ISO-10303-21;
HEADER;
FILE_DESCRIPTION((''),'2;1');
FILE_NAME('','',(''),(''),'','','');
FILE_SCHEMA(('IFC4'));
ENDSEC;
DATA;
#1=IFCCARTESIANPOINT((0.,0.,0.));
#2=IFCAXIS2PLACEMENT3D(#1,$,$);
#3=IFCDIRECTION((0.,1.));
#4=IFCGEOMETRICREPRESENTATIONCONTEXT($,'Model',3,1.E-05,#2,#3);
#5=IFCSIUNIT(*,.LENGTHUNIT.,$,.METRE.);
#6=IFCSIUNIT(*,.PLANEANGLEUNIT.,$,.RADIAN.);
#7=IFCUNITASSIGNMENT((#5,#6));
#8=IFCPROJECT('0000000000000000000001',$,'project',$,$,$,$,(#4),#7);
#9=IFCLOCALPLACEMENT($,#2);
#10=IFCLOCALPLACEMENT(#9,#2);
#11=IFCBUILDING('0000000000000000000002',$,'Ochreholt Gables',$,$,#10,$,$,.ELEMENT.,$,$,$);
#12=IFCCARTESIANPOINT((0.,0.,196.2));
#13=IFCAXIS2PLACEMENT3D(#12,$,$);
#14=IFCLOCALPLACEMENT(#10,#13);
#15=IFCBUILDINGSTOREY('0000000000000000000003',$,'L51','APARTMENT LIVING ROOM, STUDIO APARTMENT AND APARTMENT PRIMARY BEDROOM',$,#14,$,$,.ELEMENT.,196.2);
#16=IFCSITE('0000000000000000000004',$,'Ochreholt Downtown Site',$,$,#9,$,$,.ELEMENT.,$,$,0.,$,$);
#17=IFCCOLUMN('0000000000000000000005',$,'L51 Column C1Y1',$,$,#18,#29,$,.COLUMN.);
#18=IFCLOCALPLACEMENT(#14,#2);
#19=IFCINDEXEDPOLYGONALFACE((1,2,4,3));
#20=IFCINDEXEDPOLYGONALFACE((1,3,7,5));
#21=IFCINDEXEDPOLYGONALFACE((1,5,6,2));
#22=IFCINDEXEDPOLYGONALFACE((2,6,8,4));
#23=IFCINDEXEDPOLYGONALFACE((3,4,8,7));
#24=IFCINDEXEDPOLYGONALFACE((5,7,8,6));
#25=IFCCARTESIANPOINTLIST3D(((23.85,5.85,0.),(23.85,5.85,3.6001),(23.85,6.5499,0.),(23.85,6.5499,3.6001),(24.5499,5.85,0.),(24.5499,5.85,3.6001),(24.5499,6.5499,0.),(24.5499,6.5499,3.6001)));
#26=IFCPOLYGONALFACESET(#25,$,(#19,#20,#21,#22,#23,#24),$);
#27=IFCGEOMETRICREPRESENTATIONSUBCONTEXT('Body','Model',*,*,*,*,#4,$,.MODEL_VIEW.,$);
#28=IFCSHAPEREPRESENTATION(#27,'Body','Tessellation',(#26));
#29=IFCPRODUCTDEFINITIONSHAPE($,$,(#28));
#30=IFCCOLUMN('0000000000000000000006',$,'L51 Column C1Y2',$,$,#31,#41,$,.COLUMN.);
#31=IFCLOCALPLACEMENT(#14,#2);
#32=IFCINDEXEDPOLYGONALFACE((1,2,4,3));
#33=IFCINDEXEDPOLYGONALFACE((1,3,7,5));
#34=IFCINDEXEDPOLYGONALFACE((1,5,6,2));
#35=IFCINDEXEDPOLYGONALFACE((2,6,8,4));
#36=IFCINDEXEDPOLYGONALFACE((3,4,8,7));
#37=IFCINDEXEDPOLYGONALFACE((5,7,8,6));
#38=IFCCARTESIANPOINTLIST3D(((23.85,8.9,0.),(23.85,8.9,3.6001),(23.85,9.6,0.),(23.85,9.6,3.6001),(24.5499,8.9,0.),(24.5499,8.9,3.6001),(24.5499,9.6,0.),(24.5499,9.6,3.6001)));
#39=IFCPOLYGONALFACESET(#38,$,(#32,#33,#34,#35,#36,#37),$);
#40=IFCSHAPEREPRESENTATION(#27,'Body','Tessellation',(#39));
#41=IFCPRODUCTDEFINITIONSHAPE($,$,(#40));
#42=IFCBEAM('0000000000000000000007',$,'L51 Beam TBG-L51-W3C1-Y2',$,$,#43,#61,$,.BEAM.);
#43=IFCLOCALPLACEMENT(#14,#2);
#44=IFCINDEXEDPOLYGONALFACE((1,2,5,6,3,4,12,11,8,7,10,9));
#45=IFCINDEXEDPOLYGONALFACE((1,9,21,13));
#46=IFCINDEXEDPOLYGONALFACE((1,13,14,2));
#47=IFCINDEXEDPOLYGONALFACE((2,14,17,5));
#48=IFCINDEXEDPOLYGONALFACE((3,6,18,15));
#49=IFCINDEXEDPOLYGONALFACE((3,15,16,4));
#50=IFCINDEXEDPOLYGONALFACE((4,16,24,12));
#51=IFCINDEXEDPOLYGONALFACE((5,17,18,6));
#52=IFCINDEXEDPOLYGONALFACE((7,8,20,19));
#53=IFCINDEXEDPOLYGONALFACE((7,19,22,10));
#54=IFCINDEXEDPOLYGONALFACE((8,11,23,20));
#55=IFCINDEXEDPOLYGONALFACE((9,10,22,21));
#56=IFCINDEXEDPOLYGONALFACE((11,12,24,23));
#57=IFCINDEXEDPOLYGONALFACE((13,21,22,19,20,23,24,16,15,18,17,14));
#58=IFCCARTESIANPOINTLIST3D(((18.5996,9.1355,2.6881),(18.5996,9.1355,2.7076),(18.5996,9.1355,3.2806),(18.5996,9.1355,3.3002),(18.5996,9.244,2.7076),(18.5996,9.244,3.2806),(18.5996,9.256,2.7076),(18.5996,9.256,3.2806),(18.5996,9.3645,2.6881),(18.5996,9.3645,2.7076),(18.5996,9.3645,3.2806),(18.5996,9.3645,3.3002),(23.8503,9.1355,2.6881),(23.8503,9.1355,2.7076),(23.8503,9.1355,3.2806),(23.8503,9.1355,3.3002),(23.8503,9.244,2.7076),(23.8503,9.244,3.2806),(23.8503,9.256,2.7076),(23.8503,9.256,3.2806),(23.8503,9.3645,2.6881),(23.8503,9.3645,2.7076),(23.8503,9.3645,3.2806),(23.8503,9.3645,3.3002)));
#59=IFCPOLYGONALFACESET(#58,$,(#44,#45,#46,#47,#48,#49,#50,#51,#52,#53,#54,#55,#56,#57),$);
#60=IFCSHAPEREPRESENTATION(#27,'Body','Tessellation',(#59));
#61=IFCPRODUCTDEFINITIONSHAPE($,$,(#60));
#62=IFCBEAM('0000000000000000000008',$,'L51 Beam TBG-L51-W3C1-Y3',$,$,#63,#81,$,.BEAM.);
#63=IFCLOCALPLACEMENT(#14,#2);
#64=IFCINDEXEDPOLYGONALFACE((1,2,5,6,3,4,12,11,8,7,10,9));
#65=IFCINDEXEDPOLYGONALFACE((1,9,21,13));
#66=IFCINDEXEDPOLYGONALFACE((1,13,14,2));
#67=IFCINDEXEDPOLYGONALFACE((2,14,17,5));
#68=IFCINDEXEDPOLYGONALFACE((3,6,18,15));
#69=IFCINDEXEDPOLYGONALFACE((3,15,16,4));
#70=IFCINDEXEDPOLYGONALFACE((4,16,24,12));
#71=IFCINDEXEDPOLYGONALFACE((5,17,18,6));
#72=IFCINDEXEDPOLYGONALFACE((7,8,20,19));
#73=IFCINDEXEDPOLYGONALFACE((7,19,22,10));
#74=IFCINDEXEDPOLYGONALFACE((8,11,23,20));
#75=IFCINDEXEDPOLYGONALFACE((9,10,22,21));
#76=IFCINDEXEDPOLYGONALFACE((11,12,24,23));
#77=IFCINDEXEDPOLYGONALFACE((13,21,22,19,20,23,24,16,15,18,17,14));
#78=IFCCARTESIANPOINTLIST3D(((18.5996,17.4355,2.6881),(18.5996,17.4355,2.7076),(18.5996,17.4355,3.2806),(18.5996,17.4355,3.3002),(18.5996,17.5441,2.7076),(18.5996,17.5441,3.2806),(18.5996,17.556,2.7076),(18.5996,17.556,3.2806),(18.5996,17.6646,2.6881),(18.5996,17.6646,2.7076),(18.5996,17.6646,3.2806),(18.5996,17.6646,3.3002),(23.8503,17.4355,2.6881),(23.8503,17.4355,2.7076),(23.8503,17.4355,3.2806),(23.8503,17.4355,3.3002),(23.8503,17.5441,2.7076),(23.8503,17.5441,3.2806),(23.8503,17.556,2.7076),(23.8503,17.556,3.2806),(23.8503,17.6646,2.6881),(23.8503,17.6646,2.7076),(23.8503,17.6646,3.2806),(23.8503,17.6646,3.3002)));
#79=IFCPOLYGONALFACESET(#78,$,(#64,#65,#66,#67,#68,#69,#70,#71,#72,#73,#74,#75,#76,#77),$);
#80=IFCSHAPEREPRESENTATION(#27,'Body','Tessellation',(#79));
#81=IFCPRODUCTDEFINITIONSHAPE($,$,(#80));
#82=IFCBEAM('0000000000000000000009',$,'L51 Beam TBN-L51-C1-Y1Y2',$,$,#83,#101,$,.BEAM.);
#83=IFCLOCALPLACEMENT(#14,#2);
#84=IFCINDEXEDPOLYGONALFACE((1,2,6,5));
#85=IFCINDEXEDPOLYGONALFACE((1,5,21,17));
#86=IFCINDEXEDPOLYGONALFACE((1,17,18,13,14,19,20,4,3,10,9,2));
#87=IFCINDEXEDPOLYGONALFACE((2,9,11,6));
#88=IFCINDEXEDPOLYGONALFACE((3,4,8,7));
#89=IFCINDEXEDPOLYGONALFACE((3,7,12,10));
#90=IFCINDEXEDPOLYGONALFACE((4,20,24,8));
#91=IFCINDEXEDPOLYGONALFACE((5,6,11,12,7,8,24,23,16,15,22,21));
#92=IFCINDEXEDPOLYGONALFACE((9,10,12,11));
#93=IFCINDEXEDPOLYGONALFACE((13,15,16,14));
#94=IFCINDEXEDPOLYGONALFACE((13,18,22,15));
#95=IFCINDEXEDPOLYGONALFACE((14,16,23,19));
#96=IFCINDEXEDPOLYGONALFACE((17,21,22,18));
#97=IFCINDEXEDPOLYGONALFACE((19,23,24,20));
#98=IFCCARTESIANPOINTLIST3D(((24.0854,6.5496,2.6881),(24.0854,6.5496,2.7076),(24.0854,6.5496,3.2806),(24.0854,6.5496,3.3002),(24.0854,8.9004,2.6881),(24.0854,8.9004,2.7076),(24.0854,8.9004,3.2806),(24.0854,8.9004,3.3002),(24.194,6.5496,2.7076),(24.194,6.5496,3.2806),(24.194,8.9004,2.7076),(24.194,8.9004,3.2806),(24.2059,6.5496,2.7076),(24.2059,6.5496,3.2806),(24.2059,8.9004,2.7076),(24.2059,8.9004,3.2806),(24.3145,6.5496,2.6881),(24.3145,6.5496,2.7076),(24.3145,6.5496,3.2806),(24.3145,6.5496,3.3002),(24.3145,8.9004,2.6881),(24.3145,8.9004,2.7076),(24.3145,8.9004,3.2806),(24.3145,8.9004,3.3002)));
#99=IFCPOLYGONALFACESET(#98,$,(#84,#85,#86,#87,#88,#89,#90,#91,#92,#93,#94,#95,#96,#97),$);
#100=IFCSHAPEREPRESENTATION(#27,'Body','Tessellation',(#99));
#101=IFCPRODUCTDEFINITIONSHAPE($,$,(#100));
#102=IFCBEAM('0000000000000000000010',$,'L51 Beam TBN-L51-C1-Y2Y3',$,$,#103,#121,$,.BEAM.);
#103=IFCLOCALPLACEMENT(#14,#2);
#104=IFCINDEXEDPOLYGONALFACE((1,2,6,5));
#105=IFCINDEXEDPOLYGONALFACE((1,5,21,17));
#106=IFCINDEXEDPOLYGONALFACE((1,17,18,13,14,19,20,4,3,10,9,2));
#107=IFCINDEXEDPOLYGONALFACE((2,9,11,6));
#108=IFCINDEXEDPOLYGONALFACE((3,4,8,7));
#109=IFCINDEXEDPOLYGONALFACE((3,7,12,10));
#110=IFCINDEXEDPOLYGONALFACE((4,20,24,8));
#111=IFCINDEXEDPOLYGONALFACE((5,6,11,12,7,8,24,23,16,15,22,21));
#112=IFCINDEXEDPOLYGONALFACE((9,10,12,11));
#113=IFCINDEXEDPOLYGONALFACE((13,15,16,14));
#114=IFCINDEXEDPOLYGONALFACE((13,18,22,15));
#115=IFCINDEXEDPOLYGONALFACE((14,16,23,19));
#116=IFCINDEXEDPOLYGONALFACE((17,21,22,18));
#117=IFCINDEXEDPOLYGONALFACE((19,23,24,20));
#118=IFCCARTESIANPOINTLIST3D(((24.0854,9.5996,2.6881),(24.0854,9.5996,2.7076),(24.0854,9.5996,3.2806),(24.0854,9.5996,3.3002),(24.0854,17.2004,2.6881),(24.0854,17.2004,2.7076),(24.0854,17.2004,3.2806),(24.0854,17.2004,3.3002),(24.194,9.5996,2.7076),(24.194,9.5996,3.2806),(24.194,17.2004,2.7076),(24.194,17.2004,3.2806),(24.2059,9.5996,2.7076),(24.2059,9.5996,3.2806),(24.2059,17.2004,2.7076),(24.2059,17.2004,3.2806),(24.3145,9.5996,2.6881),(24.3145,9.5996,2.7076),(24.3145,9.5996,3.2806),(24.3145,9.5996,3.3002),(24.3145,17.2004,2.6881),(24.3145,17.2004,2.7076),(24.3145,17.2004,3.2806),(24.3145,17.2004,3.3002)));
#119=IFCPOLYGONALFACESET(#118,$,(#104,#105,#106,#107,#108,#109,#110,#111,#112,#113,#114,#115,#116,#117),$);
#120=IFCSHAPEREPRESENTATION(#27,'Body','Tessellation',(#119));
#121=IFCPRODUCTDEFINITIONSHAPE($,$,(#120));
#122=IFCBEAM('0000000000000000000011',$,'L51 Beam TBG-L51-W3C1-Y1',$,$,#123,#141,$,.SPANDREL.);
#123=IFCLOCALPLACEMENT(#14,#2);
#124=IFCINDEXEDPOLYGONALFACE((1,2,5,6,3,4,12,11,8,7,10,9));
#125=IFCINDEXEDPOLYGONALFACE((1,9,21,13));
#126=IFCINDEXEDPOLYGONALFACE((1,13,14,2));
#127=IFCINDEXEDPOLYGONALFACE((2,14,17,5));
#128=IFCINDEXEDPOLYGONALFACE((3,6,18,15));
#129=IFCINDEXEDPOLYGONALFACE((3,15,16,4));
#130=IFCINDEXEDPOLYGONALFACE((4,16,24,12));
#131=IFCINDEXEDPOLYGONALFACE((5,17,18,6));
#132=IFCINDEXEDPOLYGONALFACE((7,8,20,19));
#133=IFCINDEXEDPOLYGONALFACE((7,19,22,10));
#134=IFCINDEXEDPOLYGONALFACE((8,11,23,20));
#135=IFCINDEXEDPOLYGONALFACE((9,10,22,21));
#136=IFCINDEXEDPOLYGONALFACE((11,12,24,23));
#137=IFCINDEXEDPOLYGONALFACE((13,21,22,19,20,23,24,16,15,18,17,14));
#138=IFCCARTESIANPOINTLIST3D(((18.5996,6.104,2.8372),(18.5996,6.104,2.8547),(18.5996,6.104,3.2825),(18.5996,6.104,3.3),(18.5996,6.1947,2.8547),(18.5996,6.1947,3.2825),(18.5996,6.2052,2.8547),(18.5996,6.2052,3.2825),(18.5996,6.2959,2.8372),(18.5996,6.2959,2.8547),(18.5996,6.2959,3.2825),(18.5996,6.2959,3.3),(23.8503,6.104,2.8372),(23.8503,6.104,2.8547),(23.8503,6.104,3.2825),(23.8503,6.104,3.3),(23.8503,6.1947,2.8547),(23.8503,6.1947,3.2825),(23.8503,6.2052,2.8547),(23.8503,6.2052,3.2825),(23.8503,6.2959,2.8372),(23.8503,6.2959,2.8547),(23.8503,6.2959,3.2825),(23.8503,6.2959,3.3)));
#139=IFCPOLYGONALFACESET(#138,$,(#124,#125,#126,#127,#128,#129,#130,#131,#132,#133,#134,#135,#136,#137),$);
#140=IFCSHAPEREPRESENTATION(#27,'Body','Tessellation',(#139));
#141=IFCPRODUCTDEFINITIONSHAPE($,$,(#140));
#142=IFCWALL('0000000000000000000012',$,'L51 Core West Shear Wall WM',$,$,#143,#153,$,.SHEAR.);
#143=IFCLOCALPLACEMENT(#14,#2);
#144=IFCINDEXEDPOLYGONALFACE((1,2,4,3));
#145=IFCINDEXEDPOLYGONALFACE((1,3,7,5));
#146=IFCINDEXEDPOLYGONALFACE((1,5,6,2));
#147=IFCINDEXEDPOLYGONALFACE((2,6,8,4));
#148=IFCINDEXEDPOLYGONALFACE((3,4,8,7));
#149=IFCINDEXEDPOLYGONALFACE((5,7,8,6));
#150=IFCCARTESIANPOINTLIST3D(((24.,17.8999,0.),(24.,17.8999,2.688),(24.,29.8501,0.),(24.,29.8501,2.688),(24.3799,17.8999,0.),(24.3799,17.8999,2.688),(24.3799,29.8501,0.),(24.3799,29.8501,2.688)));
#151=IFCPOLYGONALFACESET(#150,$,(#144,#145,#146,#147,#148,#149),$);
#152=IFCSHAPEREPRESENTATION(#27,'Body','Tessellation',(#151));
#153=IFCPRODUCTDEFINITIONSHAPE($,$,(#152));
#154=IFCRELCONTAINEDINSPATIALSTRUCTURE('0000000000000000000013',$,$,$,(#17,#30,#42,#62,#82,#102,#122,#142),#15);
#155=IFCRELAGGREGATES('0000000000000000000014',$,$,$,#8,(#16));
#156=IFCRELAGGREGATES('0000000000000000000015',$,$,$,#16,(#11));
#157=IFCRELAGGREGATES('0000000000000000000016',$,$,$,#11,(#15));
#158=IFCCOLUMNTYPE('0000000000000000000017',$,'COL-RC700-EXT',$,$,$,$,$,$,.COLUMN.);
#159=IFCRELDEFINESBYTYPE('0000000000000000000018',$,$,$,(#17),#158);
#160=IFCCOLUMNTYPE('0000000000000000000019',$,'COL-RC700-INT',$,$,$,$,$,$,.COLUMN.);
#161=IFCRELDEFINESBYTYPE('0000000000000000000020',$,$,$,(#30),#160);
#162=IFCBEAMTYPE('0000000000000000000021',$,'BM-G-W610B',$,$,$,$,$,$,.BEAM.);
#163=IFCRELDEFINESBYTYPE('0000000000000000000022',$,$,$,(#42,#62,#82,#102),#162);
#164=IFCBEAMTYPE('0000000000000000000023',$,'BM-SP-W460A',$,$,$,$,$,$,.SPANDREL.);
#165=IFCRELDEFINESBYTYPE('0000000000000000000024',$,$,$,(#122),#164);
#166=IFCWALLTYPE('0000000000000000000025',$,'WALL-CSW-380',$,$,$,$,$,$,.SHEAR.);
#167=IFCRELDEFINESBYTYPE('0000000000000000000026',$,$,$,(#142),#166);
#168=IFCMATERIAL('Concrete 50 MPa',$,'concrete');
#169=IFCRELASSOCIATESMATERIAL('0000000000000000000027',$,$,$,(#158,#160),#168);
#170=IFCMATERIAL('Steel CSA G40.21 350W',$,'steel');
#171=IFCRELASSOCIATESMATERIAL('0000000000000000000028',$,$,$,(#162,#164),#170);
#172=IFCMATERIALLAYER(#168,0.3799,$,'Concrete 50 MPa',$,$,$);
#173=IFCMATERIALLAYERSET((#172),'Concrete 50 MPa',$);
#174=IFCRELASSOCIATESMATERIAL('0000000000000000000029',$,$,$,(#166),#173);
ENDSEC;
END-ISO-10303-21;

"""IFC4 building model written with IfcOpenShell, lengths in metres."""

from ifc_helpers import new_model, si_unit, direction, frame, frame_2d, origin, origin_2d, place, context, subcontext, project, spatial, rectangle, i_section, extrude, material, layer, layer_set, material_profile, profile_set, type_object, element, save


model = new_model("IFC4")

# Units and contexts
model_context = context("Model", 3, precision=1e-05, world=origin(), true_north=direction((0.0, 1.0)))
body_context = subcontext(model_context, "Body", "Model", "MODEL_VIEW")
ifc_project = project(units=[si_unit("LENGTHUNIT", "METRE"), si_unit("PLANEANGLEUNIT", "RADIAN")], contexts=[model_context])

# Site, building, storey
site_placement = place(None, origin())
site = spatial("IfcSite", under=ifc_project, at=site_placement, Name="Ochreholt Downtown Site", CompositionType="ELEMENT", RefElevation=0.0)
building_placement = place(site_placement, origin())
building = spatial("IfcBuilding", under=site, at=building_placement, Name="Ochreholt Gables", CompositionType="ELEMENT")
storey_placement = place(building_placement, frame((0.0, 0.0, 196.2)))
storey = spatial("IfcBuildingStorey", under=building, at=storey_placement, Name="L51", Description="APARTMENT LIVING ROOM, STUDIO APARTMENT AND APARTMENT PRIMARY BEDROOM", CompositionType="ELEMENT", Elevation=196.2)

# Columns
ifc_material_1 = material(Name="Concrete 50 MPa", Category="concrete")
ifc_material_profile_1 = material_profile(ifc_material_1, rectangle(XDim=0.7, YDim=0.7, at=origin_2d()), Name="RC700X700")
ifc_profile_set_1 = profile_set([ifc_material_profile_1], Name="Concrete 50 MPa")
column_type_1 = type_object("IfcColumnType", Name="COL-RC700-EXT", PredefinedType="COLUMN", material=ifc_profile_set_1)
column_1_placement = place(storey_placement, frame((24.2, 6.2, 0.0), z_axis=(0.0, 0.0, 1.0), x_axis=(1.0, 0.0, 0.0)))
element("IfcColumn", 1, at=column_1_placement, inside=storey, type_object=column_type_1, Name="L51 Column C1Y1", PredefinedType="COLUMN", context=body_context, shape_type="SweptSolid", body=[
    extrude(rectangle(XDim=0.7, YDim=0.7, at=origin_2d()), origin(), (0.0, 0.0, 1.0), 3.6001),
])
ifc_material_profile_2 = material_profile(ifc_material_1, rectangle(XDim=0.7, YDim=0.7, at=origin_2d()), Name="RC700X700")
ifc_profile_set_2 = profile_set([ifc_material_profile_2], Name="Concrete 50 MPa")
column_type_2 = type_object("IfcColumnType", Name="COL-RC700-INT", PredefinedType="COLUMN", material=ifc_profile_set_2)
column_2_placement = place(storey_placement, frame((24.2, 9.25, 0.0), z_axis=(0.0, 0.0, 1.0), x_axis=(1.0, 0.0, 0.0)))
element("IfcColumn", 2, at=column_2_placement, inside=storey, type_object=column_type_2, Name="L51 Column C1Y2", PredefinedType="COLUMN", context=body_context, shape_type="SweptSolid", body=[
    extrude(rectangle(XDim=0.7, YDim=0.7, at=origin_2d()), origin(), (0.0, 0.0, 1.0), 3.6001),
])

# Beams
ifc_material_2 = material(Name="Steel CSA G40.21 350W", Category="steel")
ifc_material_profile_3 = material_profile(ifc_material_2, i_section(OverallWidth=0.229, OverallDepth=0.6121, WebThickness=0.012, FlangeThickness=0.0195, at=origin_2d()), Name="W610X125")
ifc_profile_set_3 = profile_set([ifc_material_profile_3], Name="Steel CSA G40.21 350W")
beam_type_1 = type_object("IfcBeamType", Name="BM-G-W610B", PredefinedType="BEAM", material=ifc_profile_set_3)
for number, where, z_axis, x_axis, name in (
    (3, (18.5996, 9.25, 2.9941), (1.0, 0.0, 0.0), (0.0, 1.0, 0.0), "L51 Beam TBG-L51-W3C1-Y2"),
    (4, (18.5996, 17.55, 2.9941), (1.0, 0.0, 0.0), (0.0, 1.0, 0.0), "L51 Beam TBG-L51-W3C1-Y3"),
):
    element("IfcBeam", number, at=place(storey_placement, frame(where, z_axis=z_axis, x_axis=x_axis)), inside=storey, type_object=beam_type_1, Name=name, PredefinedType="BEAM", context=body_context, shape_type="SweptSolid", body=[
        extrude(i_section(OverallWidth=0.229, OverallDepth=0.6121, WebThickness=0.012, FlangeThickness=0.0195, at=origin_2d()), origin(), (0.0, 0.0, 1.0), 5.2507),
    ])
beam_1_placement = place(storey_placement, frame((24.2, 6.5496, 2.9941), z_axis=(0.0, 1.0, 0.0), x_axis=(-1.0, 0.0, 0.0)))
element("IfcBeam", 5, at=beam_1_placement, inside=storey, type_object=beam_type_1, Name="L51 Beam TBN-L51-C1-Y1Y2", PredefinedType="BEAM", context=body_context, shape_type="SweptSolid", body=[
    extrude(i_section(OverallWidth=0.229, OverallDepth=0.6121, WebThickness=0.012, FlangeThickness=0.0195, at=origin_2d()), origin(), (0.0, 0.0, 1.0), 2.3508),
])
beam_2_placement = place(storey_placement, frame((24.2, 9.5996, 2.9941), z_axis=(0.0, 1.0, 0.0), x_axis=(-1.0, 0.0, 0.0)))
element("IfcBeam", 6, at=beam_2_placement, inside=storey, type_object=beam_type_1, Name="L51 Beam TBN-L51-C1-Y2Y3", PredefinedType="BEAM", context=body_context, shape_type="SweptSolid", body=[
    extrude(i_section(OverallWidth=0.229, OverallDepth=0.6121, WebThickness=0.012, FlangeThickness=0.0195, at=origin_2d()), origin(), (0.0, 0.0, 1.0), 7.6008),
])
ifc_material_profile_4 = material_profile(ifc_material_2, i_section(OverallWidth=0.1919, OverallDepth=0.4629, WebThickness=0.0105, FlangeThickness=0.0176, at=origin_2d()), Name="W460X89")
ifc_profile_set_4 = profile_set([ifc_material_profile_4], Name="Steel CSA G40.21 350W")
beam_type_2 = type_object("IfcBeamType", Name="BM-SP-W460A", PredefinedType="SPANDREL", material=ifc_profile_set_4)
beam_3_placement = place(storey_placement, frame((18.5996, 6.2, 3.0686), z_axis=(1.0, 0.0, 0.0), x_axis=(0.0, 1.0, 0.0)))
element("IfcBeam", 7, at=beam_3_placement, inside=storey, type_object=beam_type_2, Name="L51 Beam TBG-L51-W3C1-Y1", PredefinedType="SPANDREL", context=body_context, shape_type="SweptSolid", body=[
    extrude(i_section(OverallWidth=0.1919, OverallDepth=0.4629, WebThickness=0.0105, FlangeThickness=0.0176, at=origin_2d()), origin(), (0.0, 0.0, 1.0), 5.2507),
])

# Wall
ifc_layer_1 = layer(ifc_material_1, 0.3799, Name="Concrete 50 MPa")
ifc_layer_set_1 = layer_set([ifc_layer_1], Name="Concrete 50 MPa")
wall_type_1 = type_object("IfcWallType", Name="WALL-CSW-380", PredefinedType="SHEAR", material=ifc_layer_set_1)
wall_1_placement = place(storey_placement, frame((24.1899, 17.8999, 0.0), z_axis=(0.0, 0.0, 1.0), x_axis=(0.0, 1.0, 0.0)))
element("IfcWall", 8, at=wall_1_placement, inside=storey, type_object=wall_type_1, Name="L51 Core West Shear Wall WM", PredefinedType="SHEAR", context=body_context, shape_type="SweptSolid", body=[
    extrude(rectangle(XDim=11.9502, YDim=0.3799, at=frame_2d((5.9751, 0.0))), origin(), (0.0, 0.0, 1.0), 2.688),
])

save(model, "model.ifc")
